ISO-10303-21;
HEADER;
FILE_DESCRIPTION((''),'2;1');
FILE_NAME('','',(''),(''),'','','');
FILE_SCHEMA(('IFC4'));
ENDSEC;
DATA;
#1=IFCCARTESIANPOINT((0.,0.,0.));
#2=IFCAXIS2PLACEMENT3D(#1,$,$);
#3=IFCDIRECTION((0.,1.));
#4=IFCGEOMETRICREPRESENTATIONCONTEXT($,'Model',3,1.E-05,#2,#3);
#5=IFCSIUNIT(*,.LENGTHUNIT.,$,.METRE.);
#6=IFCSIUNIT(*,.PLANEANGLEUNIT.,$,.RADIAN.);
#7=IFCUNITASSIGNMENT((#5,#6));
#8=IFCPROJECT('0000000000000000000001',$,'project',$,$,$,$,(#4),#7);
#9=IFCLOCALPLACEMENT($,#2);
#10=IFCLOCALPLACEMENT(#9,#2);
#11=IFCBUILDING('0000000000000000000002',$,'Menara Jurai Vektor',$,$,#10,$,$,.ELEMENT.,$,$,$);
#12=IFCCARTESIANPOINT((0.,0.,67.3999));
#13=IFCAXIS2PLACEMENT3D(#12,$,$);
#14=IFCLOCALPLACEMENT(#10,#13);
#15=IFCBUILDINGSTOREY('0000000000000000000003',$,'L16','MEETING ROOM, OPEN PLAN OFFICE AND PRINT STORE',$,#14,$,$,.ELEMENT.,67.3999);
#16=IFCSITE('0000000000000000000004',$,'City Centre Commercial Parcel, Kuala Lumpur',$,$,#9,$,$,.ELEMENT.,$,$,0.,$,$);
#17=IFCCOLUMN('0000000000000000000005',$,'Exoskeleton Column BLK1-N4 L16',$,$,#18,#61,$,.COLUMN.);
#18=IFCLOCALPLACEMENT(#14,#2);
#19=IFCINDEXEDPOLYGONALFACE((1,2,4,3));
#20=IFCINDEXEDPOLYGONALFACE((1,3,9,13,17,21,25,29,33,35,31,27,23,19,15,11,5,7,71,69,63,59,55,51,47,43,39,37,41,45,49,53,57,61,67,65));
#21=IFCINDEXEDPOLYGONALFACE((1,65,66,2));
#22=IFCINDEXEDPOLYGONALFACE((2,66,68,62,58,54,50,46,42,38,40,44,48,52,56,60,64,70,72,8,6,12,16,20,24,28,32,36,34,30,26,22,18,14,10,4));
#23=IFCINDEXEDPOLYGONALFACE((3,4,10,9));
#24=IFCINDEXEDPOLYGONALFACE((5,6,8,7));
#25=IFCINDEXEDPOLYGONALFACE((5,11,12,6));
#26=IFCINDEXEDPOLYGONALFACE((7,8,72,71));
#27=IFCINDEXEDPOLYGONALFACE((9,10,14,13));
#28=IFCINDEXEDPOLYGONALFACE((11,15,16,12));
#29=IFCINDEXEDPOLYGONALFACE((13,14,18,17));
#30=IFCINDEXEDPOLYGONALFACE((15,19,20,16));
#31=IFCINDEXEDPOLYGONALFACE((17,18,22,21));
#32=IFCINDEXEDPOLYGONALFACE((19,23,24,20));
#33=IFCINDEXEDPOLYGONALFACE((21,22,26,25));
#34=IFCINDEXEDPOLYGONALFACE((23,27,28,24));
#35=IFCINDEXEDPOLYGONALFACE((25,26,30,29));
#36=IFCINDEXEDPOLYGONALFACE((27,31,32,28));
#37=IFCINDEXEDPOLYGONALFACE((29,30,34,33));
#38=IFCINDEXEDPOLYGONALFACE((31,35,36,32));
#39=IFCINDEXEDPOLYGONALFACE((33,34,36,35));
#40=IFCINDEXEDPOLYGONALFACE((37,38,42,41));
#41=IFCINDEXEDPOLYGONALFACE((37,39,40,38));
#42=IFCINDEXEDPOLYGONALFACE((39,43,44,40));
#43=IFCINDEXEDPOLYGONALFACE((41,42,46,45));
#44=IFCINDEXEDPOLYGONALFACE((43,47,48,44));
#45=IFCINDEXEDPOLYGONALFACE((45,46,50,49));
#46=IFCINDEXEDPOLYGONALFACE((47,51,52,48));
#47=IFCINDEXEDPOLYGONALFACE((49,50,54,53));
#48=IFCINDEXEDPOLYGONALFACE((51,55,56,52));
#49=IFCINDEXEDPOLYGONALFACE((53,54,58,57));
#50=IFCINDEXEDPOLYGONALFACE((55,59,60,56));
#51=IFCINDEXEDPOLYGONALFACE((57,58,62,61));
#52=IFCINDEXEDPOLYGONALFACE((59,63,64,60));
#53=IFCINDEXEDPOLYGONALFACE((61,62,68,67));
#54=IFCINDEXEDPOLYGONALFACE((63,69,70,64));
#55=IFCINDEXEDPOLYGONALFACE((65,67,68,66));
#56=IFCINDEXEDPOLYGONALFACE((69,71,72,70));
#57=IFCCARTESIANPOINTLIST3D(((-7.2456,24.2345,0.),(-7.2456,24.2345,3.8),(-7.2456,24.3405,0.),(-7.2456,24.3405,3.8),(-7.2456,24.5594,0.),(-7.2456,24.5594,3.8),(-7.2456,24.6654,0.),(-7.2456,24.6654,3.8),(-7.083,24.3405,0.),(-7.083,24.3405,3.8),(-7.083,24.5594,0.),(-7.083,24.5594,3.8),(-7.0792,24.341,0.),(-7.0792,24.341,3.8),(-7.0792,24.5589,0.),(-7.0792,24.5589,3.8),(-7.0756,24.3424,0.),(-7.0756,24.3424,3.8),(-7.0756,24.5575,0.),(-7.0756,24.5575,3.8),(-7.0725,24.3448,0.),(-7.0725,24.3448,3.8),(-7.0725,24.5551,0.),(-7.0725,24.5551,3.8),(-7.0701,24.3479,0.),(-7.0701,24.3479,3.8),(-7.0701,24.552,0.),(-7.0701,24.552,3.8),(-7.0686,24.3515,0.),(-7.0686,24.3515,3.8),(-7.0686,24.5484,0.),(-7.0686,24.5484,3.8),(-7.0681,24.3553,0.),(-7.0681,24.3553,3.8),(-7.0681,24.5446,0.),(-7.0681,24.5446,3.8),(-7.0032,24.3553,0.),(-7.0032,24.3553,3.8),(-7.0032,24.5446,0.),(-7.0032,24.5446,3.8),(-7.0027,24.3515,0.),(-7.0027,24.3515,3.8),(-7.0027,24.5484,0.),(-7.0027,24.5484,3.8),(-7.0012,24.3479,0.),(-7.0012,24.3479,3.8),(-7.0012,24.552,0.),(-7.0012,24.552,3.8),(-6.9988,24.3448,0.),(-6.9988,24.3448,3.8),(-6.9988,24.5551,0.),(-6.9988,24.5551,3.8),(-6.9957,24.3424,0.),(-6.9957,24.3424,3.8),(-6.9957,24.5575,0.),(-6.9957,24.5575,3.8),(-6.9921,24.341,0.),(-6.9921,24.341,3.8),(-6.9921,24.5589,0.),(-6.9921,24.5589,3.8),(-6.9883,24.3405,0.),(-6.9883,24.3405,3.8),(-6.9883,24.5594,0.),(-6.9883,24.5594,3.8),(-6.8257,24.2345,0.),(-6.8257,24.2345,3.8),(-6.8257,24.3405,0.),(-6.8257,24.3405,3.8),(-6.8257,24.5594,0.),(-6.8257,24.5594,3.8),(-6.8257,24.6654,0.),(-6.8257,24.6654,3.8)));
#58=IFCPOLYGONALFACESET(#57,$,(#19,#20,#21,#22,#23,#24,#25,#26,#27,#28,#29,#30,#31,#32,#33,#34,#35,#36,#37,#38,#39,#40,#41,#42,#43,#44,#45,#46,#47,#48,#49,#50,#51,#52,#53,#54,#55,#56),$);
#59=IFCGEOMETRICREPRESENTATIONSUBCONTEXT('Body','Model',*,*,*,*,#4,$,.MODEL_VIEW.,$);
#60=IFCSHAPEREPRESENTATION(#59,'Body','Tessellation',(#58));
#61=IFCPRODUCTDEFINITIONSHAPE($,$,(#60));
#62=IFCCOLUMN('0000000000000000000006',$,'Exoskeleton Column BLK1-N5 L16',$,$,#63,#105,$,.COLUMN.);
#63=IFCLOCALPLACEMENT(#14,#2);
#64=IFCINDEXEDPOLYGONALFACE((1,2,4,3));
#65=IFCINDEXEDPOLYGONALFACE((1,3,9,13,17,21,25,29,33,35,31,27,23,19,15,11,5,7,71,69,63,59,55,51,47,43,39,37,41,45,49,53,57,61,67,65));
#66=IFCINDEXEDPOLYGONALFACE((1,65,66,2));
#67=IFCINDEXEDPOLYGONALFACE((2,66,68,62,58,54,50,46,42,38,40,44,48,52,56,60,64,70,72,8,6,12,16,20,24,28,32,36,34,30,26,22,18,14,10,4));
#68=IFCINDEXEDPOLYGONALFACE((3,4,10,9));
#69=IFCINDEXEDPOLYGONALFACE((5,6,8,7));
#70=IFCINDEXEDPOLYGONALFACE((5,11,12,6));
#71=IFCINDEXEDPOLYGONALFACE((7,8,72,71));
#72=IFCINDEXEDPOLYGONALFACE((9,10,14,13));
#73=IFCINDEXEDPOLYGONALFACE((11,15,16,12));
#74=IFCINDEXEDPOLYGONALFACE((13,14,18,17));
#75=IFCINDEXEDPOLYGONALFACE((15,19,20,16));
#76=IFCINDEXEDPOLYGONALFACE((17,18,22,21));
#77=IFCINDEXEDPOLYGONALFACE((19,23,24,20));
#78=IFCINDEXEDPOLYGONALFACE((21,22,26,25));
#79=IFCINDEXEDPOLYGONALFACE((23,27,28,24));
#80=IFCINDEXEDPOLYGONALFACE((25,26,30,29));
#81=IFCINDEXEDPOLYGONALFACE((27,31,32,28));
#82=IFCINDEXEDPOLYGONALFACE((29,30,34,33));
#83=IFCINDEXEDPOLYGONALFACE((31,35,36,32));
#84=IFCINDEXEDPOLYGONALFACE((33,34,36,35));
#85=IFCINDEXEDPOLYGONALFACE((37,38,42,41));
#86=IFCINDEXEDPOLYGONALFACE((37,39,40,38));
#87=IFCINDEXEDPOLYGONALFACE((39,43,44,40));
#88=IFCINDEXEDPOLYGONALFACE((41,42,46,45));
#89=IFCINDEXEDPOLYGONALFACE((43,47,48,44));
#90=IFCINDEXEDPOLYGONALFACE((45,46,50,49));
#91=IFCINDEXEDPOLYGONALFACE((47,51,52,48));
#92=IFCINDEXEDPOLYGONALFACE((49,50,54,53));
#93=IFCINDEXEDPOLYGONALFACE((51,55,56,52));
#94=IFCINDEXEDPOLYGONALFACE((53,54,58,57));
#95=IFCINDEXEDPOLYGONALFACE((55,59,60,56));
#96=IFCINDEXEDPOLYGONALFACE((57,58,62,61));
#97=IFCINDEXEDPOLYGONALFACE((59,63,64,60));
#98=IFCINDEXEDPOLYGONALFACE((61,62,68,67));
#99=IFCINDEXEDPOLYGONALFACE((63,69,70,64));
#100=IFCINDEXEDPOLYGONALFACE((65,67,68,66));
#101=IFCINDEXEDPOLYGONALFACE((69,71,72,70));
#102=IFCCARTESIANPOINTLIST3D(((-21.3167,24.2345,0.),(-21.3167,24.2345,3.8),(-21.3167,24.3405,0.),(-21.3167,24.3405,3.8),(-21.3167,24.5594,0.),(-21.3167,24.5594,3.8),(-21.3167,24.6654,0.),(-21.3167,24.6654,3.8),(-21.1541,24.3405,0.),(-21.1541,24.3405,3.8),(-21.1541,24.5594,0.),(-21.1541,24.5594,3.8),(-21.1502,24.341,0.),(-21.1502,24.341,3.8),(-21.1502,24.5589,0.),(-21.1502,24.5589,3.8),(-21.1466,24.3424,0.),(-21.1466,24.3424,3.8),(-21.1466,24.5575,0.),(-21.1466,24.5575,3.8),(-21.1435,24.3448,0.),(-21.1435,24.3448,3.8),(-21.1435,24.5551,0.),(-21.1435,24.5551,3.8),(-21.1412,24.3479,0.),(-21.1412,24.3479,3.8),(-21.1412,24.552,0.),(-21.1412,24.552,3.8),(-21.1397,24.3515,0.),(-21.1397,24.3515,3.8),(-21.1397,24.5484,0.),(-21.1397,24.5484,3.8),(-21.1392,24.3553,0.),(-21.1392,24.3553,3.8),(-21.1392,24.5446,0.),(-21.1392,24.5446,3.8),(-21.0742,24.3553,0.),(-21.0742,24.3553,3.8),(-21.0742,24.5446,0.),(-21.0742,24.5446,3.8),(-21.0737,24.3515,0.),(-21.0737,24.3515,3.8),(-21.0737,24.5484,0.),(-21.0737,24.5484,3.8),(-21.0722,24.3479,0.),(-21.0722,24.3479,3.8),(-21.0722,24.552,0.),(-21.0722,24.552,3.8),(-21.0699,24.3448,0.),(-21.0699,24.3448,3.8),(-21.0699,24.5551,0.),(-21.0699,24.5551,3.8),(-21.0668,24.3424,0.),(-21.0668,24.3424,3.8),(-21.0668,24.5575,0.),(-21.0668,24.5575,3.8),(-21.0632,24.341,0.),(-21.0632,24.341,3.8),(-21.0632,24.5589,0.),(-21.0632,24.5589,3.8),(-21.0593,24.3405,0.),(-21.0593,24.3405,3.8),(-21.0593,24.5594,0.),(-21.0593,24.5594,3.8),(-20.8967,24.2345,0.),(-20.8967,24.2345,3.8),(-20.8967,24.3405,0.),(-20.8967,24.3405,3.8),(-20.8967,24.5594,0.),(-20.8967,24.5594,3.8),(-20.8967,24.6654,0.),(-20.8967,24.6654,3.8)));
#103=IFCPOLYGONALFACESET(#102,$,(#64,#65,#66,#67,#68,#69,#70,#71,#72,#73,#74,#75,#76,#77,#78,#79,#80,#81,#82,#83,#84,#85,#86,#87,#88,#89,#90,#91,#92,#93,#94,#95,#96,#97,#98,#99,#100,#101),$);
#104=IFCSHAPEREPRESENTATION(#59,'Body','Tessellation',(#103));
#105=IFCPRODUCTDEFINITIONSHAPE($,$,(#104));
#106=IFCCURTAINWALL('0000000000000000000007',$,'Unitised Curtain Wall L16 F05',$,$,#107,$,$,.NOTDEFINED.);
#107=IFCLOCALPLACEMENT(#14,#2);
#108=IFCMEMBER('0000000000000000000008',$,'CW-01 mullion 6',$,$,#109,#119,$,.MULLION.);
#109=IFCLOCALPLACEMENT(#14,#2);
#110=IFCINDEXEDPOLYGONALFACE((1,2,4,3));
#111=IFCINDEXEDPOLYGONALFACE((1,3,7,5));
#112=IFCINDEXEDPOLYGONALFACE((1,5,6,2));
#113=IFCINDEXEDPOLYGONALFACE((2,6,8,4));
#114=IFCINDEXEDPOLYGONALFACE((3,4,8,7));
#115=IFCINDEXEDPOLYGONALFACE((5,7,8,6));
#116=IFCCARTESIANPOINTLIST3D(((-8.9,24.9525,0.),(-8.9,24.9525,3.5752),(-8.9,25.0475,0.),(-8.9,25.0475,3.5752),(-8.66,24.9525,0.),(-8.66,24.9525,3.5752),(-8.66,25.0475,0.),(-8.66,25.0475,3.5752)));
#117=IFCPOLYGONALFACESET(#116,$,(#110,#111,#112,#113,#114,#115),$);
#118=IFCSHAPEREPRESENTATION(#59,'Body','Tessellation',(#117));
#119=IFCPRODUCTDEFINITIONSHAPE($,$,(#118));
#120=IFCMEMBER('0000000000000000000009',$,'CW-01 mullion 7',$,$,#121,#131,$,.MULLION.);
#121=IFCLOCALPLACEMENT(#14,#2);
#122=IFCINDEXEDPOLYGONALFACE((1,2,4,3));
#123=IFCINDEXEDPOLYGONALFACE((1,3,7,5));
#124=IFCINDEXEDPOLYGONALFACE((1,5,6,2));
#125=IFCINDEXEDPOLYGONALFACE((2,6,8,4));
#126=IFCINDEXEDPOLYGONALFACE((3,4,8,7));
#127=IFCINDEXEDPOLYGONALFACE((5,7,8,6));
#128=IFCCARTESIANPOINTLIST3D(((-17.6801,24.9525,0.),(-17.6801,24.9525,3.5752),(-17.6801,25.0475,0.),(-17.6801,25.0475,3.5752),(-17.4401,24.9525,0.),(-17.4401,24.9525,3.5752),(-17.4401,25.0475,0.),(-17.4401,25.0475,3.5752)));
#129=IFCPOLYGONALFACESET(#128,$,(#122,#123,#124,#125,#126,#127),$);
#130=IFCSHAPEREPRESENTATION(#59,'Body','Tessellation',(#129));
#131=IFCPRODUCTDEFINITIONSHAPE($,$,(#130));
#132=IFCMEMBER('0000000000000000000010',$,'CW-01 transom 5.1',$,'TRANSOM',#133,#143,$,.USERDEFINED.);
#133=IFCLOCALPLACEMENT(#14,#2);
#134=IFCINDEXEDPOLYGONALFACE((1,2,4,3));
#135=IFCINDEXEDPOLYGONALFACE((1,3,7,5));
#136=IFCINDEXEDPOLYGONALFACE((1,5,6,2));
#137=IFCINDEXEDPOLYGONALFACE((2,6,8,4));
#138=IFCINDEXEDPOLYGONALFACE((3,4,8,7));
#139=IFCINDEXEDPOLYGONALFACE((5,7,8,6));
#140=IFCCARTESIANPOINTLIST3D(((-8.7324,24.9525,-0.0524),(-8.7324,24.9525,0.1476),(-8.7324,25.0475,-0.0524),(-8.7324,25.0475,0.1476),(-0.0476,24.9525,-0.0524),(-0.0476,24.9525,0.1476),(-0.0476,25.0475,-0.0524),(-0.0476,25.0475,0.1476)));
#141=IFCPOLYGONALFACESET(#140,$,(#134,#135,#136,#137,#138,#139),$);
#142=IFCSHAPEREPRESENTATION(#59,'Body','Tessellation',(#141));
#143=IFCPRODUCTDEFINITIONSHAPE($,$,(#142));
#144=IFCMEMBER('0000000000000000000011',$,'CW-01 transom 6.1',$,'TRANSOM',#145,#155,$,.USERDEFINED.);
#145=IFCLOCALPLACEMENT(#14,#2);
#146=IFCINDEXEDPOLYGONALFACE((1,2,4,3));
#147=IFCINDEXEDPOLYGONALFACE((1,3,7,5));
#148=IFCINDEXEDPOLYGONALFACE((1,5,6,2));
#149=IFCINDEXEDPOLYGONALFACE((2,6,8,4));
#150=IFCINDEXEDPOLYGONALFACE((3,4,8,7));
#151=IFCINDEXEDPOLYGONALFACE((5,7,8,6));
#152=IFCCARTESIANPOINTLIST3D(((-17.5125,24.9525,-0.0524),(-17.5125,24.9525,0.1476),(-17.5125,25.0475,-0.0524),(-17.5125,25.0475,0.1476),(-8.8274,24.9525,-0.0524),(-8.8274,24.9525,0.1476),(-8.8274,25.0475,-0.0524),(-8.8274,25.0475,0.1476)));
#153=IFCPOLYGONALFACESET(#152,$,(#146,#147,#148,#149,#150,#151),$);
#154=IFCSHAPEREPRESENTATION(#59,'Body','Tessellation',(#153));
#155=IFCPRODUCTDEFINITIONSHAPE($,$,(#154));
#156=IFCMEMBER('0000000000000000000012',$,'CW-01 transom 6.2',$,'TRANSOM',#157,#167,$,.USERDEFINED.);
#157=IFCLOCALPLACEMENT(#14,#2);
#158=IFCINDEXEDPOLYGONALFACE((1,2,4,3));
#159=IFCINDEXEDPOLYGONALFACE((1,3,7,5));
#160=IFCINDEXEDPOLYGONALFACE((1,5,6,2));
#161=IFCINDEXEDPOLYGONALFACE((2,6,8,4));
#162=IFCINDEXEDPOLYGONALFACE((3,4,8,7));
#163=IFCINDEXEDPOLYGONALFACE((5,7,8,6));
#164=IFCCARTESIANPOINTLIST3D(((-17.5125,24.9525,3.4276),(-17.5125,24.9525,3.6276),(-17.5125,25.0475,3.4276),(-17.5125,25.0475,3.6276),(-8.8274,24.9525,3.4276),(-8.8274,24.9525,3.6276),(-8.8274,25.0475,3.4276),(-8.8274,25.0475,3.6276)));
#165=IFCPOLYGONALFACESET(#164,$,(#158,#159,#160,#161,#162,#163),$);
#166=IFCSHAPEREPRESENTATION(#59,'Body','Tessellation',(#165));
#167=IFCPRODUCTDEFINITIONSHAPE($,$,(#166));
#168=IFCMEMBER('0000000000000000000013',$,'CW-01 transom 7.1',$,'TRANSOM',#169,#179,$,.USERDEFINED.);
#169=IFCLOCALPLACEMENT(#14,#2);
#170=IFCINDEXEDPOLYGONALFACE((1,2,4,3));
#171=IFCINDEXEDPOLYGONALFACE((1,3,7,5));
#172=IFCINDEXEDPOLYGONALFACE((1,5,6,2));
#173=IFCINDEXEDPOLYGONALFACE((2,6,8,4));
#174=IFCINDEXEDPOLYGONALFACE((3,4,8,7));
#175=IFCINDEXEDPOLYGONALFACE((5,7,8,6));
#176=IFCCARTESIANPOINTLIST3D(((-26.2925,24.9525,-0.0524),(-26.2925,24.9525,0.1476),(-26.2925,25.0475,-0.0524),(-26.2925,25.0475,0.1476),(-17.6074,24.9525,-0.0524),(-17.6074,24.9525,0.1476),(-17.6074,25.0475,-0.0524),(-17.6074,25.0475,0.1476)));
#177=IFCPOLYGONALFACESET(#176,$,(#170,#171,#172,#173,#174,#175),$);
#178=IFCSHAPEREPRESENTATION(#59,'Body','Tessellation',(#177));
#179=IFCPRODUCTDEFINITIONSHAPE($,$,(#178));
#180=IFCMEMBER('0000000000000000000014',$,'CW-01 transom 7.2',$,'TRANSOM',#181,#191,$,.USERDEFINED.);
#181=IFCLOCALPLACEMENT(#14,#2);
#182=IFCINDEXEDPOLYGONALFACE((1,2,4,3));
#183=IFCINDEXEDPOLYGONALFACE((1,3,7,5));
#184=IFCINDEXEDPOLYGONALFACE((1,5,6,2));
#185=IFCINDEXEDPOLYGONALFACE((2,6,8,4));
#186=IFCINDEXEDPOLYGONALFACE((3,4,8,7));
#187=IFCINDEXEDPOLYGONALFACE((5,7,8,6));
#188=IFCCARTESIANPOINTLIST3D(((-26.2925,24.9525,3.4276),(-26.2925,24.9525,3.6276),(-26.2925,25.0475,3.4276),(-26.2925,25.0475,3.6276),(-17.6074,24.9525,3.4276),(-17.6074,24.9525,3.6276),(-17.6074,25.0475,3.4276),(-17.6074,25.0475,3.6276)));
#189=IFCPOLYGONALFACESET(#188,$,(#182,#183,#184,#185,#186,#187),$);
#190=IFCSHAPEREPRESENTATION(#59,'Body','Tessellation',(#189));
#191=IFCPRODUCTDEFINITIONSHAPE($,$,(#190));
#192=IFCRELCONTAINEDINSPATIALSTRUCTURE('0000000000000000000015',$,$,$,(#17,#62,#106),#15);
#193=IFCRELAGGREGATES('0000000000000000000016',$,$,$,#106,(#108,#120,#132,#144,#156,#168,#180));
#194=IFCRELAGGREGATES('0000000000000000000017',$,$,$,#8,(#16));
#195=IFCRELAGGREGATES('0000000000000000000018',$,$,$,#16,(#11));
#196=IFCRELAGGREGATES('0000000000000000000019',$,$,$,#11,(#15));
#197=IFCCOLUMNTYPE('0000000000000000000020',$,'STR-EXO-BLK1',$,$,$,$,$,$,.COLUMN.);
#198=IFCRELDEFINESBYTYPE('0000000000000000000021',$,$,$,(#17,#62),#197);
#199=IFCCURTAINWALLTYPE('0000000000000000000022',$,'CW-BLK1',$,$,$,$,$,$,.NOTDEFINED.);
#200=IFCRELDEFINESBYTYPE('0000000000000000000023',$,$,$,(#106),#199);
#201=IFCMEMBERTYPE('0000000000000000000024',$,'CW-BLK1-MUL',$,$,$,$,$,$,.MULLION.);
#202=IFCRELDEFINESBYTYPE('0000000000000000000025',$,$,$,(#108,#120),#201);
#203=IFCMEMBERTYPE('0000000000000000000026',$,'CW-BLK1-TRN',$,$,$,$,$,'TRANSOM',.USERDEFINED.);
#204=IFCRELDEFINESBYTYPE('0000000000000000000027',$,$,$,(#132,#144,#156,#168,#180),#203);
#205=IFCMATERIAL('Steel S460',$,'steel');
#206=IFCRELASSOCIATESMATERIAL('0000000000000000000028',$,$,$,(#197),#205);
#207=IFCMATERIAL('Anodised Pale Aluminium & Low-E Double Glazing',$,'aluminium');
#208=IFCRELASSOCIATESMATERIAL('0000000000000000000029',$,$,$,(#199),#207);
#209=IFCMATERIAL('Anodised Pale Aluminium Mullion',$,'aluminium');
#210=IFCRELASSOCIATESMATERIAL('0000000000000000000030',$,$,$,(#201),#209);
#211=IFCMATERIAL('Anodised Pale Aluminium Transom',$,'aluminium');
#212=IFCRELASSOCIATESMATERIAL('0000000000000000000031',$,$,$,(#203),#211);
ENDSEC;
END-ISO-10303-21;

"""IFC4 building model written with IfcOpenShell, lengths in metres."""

from ifc_helpers import new_model, si_unit, direction, frame, origin, origin_2d, place, context, subcontext, project, spatial, rectangle, i_section, extrude, material, material_profile, profile_set, type_object, element, aggregate, save


model = new_model("IFC4")

# Units and contexts
model_context = context("Model", 3, precision=1e-05, world=origin(), true_north=direction((0.0, 1.0)))
body_context = subcontext(model_context, "Body", "Model", "MODEL_VIEW")
ifc_project = project(units=[si_unit("LENGTHUNIT", "METRE"), si_unit("PLANEANGLEUNIT", "RADIAN")], contexts=[model_context])

# Site, building, storey
site_placement = place(None, origin())
site = spatial("IfcSite", under=ifc_project, at=site_placement, Name="City Centre Commercial Parcel, Kuala Lumpur", CompositionType="ELEMENT", RefElevation=0.0)
building_placement = place(site_placement, origin())
building = spatial("IfcBuilding", under=site, at=building_placement, Name="Menara Jurai Vektor", CompositionType="ELEMENT")
storey_placement = place(building_placement, frame((0.0, 0.0, 67.3999)))
storey = spatial("IfcBuildingStorey", under=building, at=storey_placement, Name="L16", Description="MEETING ROOM, OPEN PLAN OFFICE AND PRINT STORE", CompositionType="ELEMENT", Elevation=67.3999)

# Columns
ifc_material_1 = material(Name="Steel S460", Category="steel")
ifc_material_profile_1 = material_profile(ifc_material_1, i_section(OverallWidth=0.4199, OverallDepth=0.4309, WebThickness=0.0649, FlangeThickness=0.106, FilletRadius=0.0149, at=origin_2d()), Name="HD 400x900")
ifc_profile_set_1 = profile_set([ifc_material_profile_1], Name="Steel S460")
column_type = type_object("IfcColumnType", Name="STR-EXO-BLK1", PredefinedType="COLUMN", material=ifc_profile_set_1)
for number, where, z_axis, x_axis, name in (
    (1, (-7.0356, 24.45, 0.0), (0.0, 0.0, 1.0), (1.0, 0.0, 0.0), "Exoskeleton Column BLK1-N4 L16"),
    (2, (-21.1067, 24.45, 0.0), (0.0, 0.0, 1.0), (1.0, 0.0, 0.0), "Exoskeleton Column BLK1-N5 L16"),
):
    element("IfcColumn", number, at=place(storey_placement, frame(where, z_axis=z_axis, x_axis=x_axis)), inside=storey, type_object=column_type, Name=name, PredefinedType="COLUMN", context=body_context, shape_type="SweptSolid", body=[
        extrude(i_section(OverallWidth=0.4199, OverallDepth=0.4309, WebThickness=0.0649, FlangeThickness=0.106, FilletRadius=0.0149, at=origin_2d()), origin(), (0.0, 0.0, 1.0), 3.8),
    ])

# Curtain wall, members
ifc_material_2 = material(Name="Anodised Pale Aluminium & Low-E Double Glazing", Category="aluminium")
curtain_wall_type = type_object("IfcCurtainWallType", Name="CW-BLK1", PredefinedType="NOTDEFINED", material=ifc_material_2)
curtain_wall_placement = place(storey_placement, origin())
curtain_wall = element("IfcCurtainWall", 3, at=curtain_wall_placement, inside=storey, type_object=curtain_wall_type, Name="Unitised Curtain Wall L16 F05", PredefinedType="NOTDEFINED")
ifc_material_3 = material(Name="Anodised Pale Aluminium Mullion", Category="aluminium")
ifc_material_profile_2 = material_profile(ifc_material_3, rectangle(XDim=0.095, YDim=0.24, at=origin_2d()), Name="ALU MUL 95x240")
ifc_profile_set_2 = profile_set([ifc_material_profile_2], Name="Anodised Pale Aluminium Mullion")
member_type_1 = type_object("IfcMemberType", Name="CW-BLK1-MUL", PredefinedType="MULLION", material=ifc_profile_set_2)
member_1_placement = place(storey_placement, frame((-8.78, 25.0, 0.0), z_axis=(0.0, 0.0, 1.0), x_axis=(0.0, -1.0, 0.0)))
member_1 = element("IfcMember", 4, at=member_1_placement, type_object=member_type_1, Name="CW-01 mullion 6", PredefinedType="MULLION", context=body_context, shape_type="SweptSolid", body=[
    extrude(rectangle(XDim=0.095, YDim=0.24, at=origin_2d()), origin(), (0.0, 0.0, 1.0), 3.5752),
])
member_2_placement = place(storey_placement, frame((-17.5601, 25.0, 0.0), z_axis=(0.0, 0.0, 1.0), x_axis=(0.0, -1.0, 0.0)))
member_2 = element("IfcMember", 5, at=member_2_placement, type_object=member_type_1, Name="CW-01 mullion 7", PredefinedType="MULLION", context=body_context, shape_type="SweptSolid", body=[
    extrude(rectangle(XDim=0.095, YDim=0.24, at=origin_2d()), origin(), (0.0, 0.0, 1.0), 3.5752),
])
ifc_material_4 = material(Name="Anodised Pale Aluminium Transom", Category="aluminium")
ifc_material_profile_3 = material_profile(ifc_material_4, rectangle(XDim=0.095, YDim=0.2, at=origin_2d()), Name="ALU TRN 95x200")
ifc_profile_set_3 = profile_set([ifc_material_profile_3], Name="Anodised Pale Aluminium Transom")
member_type_2 = type_object("IfcMemberType", Name="CW-BLK1-TRN", ElementType="TRANSOM", PredefinedType="USERDEFINED", material=ifc_profile_set_3)
member_3_placement = place(storey_placement, frame((-0.0476, 25.0, 0.0476), z_axis=(-1.0, 0.0, 0.0), x_axis=(0.0, -1.0, 0.0)))
member_3 = element("IfcMember", 6, at=member_3_placement, type_object=member_type_2, Name="CW-01 transom 5.1", ObjectType="TRANSOM", PredefinedType="USERDEFINED", context=body_context, shape_type="SweptSolid", body=[
    extrude(rectangle(XDim=0.095, YDim=0.2, at=origin_2d()), origin(), (0.0, 0.0, 1.0), 8.6848),
])
member_4_placement = place(storey_placement, frame((-8.8274, 25.0, 0.0476), z_axis=(-1.0, 0.0, 0.0), x_axis=(0.0, -1.0, 0.0)))
member_4 = element("IfcMember", 7, at=member_4_placement, type_object=member_type_2, Name="CW-01 transom 6.1", ObjectType="TRANSOM", PredefinedType="USERDEFINED", context=body_context, shape_type="SweptSolid", body=[
    extrude(rectangle(XDim=0.095, YDim=0.2, at=origin_2d()), origin(), (0.0, 0.0, 1.0), 8.6851),
])
member_5_placement = place(storey_placement, frame((-8.8274, 25.0, 3.5276), z_axis=(-1.0, 0.0, 0.0), x_axis=(0.0, -1.0, 0.0)))
member_5 = element("IfcMember", 8, at=member_5_placement, type_object=member_type_2, Name="CW-01 transom 6.2", ObjectType="TRANSOM", PredefinedType="USERDEFINED", context=body_context, shape_type="SweptSolid", body=[
    extrude(rectangle(XDim=0.095, YDim=0.2, at=origin_2d()), origin(), (0.0, 0.0, 1.0), 8.6851),
])
member_6_placement = place(storey_placement, frame((-17.6074, 25.0, 0.0476), z_axis=(-1.0, 0.0, 0.0), x_axis=(0.0, -1.0, 0.0)))
member_6 = element("IfcMember", 9, at=member_6_placement, type_object=member_type_2, Name="CW-01 transom 7.1", ObjectType="TRANSOM", PredefinedType="USERDEFINED", context=body_context, shape_type="SweptSolid", body=[
    extrude(rectangle(XDim=0.095, YDim=0.2, at=origin_2d()), origin(), (0.0, 0.0, 1.0), 8.6851),
])
member_7_placement = place(storey_placement, frame((-17.6074, 25.0, 3.5276), z_axis=(-1.0, 0.0, 0.0), x_axis=(0.0, -1.0, 0.0)))
member_7 = element("IfcMember", 10, at=member_7_placement, type_object=member_type_2, Name="CW-01 transom 7.2", ObjectType="TRANSOM", PredefinedType="USERDEFINED", context=body_context, shape_type="SweptSolid", body=[
    extrude(rectangle(XDim=0.095, YDim=0.2, at=origin_2d()), origin(), (0.0, 0.0, 1.0), 8.6851),
])

aggregate(curtain_wall, [member_1, member_2, member_3, member_4, member_5, member_6, member_7])

save(model, "model.ifc")
